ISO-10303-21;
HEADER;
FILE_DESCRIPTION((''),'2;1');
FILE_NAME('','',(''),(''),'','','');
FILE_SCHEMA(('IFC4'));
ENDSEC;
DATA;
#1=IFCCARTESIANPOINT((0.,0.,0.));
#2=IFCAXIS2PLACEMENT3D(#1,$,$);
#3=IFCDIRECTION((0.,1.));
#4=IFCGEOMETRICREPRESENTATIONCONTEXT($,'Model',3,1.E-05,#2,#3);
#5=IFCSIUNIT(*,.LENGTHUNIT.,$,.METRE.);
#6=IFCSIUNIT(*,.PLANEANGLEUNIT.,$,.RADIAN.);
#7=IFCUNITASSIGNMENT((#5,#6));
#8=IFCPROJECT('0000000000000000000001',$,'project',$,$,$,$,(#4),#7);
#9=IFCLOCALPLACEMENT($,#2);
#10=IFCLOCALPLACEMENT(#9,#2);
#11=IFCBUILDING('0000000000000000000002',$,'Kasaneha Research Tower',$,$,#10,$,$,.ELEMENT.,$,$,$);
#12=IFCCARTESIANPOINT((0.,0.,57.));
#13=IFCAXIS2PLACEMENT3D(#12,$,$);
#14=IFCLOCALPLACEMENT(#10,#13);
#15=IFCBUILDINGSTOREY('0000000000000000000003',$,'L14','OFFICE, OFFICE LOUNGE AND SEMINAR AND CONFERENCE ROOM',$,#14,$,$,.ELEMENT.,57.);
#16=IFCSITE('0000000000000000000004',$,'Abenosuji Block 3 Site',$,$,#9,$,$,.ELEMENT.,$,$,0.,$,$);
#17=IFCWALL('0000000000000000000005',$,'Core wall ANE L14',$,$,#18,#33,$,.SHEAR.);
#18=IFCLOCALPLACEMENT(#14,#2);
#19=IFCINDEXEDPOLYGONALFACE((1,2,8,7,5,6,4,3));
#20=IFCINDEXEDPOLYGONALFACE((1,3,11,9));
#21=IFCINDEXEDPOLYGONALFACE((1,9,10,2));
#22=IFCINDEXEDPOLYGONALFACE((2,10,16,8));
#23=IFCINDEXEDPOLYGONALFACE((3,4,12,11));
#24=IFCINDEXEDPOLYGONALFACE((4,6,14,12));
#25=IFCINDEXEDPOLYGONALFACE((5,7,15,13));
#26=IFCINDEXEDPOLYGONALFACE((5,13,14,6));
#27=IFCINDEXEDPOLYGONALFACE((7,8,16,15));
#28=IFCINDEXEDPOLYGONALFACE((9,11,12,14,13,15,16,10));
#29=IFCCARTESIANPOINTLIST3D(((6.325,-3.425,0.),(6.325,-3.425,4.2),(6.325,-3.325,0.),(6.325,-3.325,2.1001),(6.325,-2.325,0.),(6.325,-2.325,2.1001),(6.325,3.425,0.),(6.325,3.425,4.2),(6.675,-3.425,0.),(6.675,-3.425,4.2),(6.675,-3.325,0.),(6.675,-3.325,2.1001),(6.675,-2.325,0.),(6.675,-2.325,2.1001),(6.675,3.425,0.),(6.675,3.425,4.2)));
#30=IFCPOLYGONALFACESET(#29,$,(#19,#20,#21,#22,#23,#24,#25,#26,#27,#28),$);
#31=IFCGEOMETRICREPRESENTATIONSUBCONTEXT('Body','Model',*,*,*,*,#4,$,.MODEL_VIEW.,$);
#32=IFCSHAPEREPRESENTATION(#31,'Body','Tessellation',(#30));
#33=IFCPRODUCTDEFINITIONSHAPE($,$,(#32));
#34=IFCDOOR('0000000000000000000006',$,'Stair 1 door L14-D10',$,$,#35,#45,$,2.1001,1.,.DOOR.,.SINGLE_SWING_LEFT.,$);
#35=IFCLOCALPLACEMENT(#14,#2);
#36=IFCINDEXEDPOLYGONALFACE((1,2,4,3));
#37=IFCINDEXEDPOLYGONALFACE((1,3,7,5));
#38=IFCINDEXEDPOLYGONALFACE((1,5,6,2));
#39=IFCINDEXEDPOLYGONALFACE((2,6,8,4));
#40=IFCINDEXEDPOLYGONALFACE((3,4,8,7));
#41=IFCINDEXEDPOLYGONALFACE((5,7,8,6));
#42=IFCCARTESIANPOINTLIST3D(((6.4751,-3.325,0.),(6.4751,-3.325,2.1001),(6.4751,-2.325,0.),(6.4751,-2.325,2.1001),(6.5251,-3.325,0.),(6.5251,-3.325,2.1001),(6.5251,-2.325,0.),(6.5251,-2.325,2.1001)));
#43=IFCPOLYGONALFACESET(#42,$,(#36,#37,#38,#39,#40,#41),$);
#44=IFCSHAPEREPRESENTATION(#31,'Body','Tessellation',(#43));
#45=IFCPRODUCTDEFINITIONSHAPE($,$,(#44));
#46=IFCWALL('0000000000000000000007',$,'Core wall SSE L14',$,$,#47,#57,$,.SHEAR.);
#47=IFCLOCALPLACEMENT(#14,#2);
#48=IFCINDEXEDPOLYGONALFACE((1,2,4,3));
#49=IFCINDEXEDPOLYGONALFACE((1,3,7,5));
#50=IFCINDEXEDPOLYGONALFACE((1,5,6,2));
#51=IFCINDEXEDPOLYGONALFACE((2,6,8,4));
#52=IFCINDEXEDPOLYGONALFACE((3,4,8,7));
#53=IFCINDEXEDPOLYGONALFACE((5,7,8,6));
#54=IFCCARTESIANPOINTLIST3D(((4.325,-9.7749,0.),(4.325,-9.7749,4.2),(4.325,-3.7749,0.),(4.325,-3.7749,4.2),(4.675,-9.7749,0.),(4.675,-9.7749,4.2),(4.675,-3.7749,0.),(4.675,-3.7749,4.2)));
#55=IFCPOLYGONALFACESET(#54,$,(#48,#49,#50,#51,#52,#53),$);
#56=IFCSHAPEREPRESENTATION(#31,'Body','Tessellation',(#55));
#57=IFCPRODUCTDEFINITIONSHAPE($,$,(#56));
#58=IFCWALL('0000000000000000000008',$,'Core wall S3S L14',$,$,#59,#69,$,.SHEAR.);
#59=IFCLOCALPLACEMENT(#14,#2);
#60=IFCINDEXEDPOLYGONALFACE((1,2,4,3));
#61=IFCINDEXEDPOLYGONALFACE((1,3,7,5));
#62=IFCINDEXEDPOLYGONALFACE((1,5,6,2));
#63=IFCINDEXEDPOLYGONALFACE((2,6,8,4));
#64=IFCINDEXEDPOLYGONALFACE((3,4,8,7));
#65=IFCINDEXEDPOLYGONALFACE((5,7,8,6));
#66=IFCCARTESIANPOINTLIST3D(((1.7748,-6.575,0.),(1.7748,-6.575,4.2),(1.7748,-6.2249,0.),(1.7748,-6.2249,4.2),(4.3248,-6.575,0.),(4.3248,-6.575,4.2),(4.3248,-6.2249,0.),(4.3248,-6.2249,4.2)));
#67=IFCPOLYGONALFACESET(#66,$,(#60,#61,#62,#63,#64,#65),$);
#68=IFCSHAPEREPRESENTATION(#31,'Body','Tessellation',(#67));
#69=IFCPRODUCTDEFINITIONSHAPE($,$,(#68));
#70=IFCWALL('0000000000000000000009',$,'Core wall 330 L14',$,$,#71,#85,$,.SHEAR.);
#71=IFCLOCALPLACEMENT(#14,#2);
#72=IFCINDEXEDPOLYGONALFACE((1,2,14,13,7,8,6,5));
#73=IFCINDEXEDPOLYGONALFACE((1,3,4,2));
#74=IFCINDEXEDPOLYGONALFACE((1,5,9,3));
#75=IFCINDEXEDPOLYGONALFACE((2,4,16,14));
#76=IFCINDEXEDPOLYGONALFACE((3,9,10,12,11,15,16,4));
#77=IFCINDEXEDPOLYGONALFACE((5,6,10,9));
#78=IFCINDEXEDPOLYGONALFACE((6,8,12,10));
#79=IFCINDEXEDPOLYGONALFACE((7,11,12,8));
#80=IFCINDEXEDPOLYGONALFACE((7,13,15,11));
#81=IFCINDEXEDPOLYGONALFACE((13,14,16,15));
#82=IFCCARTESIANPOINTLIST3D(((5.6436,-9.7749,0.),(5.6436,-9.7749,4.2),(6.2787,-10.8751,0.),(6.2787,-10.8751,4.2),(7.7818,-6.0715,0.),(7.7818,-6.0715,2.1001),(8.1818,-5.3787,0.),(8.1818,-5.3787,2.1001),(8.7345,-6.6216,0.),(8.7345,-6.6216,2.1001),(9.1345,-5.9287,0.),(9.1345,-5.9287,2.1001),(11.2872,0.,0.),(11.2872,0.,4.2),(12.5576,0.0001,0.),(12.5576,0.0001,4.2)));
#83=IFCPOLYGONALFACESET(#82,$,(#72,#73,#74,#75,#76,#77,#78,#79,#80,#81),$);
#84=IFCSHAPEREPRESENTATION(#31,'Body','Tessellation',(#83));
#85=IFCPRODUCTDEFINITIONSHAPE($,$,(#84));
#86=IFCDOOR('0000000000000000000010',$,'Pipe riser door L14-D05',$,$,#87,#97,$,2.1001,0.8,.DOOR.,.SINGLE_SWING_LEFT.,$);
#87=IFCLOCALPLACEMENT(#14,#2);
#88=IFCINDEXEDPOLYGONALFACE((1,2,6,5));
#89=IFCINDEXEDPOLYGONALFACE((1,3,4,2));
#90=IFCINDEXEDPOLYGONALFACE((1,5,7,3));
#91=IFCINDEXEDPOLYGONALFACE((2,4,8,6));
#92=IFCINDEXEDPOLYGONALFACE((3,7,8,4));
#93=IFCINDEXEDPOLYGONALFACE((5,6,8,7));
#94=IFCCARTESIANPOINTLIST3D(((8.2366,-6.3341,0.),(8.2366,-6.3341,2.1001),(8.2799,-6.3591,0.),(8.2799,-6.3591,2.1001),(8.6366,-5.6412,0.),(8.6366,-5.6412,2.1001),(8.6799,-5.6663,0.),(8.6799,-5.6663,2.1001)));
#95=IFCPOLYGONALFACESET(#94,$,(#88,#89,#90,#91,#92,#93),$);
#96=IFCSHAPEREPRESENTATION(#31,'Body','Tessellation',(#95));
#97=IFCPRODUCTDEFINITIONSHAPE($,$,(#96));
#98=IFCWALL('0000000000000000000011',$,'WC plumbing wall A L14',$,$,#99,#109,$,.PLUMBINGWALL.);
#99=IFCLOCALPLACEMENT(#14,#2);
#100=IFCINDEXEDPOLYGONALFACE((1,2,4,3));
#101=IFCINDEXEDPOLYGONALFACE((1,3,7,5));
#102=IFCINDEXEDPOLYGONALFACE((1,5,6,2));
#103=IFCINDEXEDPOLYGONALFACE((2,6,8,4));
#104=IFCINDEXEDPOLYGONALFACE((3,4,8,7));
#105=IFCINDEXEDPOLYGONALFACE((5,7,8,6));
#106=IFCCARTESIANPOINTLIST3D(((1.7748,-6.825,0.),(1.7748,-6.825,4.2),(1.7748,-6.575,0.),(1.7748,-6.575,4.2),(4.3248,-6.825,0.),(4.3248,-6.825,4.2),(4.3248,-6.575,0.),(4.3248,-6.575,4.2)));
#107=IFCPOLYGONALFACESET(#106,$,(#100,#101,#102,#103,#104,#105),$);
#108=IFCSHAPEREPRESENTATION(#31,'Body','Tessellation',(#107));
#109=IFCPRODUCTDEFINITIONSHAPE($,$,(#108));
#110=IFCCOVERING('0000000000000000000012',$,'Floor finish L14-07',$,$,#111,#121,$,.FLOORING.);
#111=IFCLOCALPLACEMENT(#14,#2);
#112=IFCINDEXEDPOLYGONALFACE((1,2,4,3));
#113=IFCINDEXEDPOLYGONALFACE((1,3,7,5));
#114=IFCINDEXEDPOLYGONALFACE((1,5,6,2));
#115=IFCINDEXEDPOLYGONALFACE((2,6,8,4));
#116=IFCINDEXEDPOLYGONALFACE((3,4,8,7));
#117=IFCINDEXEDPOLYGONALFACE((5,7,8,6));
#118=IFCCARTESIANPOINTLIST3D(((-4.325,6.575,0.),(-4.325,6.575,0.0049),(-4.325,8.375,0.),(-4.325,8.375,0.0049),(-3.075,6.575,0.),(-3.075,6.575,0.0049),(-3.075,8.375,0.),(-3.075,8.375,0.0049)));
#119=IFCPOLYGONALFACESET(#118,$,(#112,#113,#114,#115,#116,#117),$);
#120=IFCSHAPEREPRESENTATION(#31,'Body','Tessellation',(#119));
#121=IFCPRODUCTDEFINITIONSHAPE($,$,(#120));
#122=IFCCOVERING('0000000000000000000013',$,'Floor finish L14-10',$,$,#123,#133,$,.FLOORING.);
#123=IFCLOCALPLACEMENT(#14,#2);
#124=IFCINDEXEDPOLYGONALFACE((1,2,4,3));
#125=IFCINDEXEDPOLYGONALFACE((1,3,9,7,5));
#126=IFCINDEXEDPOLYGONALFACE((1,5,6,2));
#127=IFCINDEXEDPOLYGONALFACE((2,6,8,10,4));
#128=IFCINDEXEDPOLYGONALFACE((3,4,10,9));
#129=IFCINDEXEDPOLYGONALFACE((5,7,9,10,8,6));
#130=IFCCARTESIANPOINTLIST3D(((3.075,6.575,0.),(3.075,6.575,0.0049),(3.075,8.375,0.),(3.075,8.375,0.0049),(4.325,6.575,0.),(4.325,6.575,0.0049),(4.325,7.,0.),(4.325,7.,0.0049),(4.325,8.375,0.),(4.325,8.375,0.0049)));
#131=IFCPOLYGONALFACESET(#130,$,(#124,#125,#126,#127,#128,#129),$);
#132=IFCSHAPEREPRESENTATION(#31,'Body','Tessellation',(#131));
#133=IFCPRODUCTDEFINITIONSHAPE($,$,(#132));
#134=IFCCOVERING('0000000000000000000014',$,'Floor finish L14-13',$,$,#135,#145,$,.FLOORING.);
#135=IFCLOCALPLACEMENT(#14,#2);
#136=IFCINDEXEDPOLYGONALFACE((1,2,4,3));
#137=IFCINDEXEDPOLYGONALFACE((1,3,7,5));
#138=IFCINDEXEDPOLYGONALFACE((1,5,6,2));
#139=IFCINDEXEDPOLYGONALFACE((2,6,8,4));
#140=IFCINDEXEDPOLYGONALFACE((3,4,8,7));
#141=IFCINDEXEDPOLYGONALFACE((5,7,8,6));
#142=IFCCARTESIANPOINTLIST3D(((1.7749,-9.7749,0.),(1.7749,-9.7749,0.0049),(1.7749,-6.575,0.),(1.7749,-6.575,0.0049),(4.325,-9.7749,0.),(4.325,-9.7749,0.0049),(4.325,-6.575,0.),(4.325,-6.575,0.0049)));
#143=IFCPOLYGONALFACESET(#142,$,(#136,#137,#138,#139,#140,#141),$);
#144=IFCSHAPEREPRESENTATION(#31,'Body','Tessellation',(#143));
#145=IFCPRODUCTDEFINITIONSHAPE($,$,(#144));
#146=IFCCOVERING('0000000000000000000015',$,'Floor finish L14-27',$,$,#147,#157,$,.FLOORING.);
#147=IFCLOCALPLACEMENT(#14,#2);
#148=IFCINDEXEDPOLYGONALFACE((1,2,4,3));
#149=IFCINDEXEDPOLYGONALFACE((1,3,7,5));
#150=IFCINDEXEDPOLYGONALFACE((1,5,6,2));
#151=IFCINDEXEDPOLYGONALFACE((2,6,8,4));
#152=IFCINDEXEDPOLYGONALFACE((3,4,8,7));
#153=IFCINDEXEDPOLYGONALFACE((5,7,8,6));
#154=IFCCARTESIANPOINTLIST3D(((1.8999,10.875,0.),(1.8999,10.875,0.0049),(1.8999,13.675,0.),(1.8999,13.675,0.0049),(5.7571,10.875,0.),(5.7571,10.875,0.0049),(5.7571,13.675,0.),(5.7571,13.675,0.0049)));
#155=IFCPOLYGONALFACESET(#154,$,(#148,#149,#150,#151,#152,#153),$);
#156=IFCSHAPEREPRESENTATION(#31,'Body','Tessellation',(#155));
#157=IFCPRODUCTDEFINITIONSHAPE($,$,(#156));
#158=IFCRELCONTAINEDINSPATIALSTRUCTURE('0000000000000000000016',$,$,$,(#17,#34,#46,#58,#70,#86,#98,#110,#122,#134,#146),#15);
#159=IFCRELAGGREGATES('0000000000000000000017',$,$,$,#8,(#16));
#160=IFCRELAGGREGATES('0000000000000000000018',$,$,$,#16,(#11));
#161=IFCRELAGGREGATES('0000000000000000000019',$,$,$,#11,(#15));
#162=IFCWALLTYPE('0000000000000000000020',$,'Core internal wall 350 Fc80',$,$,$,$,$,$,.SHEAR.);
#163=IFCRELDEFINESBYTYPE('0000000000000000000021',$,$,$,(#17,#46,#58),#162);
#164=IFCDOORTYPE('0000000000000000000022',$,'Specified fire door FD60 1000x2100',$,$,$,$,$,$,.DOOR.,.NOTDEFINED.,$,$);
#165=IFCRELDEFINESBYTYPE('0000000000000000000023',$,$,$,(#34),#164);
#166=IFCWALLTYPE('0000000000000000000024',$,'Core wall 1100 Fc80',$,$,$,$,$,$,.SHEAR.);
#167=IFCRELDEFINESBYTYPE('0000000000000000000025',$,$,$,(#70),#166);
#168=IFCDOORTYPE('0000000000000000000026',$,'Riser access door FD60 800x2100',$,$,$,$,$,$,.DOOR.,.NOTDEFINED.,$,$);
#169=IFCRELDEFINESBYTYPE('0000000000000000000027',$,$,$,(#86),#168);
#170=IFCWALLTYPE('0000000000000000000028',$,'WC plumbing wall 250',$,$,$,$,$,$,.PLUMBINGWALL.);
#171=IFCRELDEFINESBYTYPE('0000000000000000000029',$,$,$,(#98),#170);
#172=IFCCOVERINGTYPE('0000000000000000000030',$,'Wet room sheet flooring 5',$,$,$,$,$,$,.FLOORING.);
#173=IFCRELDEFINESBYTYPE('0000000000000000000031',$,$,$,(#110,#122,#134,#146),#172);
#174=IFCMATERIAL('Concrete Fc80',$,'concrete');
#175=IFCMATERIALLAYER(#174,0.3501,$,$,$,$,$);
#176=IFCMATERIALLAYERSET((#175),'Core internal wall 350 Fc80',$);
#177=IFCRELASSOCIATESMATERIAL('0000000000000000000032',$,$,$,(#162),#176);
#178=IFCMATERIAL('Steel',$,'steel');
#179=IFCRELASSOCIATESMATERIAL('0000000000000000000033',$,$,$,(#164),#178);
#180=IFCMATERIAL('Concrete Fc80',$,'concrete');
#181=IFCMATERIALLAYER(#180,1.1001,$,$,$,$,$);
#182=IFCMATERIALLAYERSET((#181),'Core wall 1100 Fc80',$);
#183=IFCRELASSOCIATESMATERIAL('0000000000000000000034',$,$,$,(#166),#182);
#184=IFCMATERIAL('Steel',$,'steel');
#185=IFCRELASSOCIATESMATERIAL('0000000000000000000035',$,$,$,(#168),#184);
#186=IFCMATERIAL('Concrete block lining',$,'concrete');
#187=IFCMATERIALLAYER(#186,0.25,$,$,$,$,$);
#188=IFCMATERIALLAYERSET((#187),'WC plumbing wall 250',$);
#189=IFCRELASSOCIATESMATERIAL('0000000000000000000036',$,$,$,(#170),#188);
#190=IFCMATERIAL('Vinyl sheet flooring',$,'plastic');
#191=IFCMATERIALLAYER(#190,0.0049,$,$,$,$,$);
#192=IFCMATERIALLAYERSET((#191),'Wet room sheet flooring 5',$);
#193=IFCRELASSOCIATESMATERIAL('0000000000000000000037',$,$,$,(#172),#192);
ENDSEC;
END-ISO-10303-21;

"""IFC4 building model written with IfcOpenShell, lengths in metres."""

from ifc_helpers import new_model, si_unit, direction, frame, frame_2d, origin, place, context, subcontext, project, spatial, polyline, rectangle, outline, extrude, material, layer, layer_set, type_object, element, fill, save


model = new_model("IFC4")

# Units and contexts
model_context = context("Model", 3, precision=1e-05, world=origin(), true_north=direction((0.0, 1.0)))
body_context = subcontext(model_context, "Body", "Model", "MODEL_VIEW")
ifc_project = project(units=[si_unit("LENGTHUNIT", "METRE"), si_unit("PLANEANGLEUNIT", "RADIAN")], contexts=[model_context])

# Site, building, storey
site_placement = place(None, origin())
site = spatial("IfcSite", under=ifc_project, at=site_placement, Name="Abenosuji Block 3 Site", CompositionType="ELEMENT", RefElevation=0.0)
building_placement = place(site_placement, origin())
building = spatial("IfcBuilding", under=site, at=building_placement, Name="Kasaneha Research Tower", CompositionType="ELEMENT")
storey_placement = place(building_placement, frame((0.0, 0.0, 57.0)))
storey = spatial("IfcBuildingStorey", under=building, at=storey_placement, Name="L14", Description="OFFICE, OFFICE LOUNGE AND SEMINAR AND CONFERENCE ROOM", CompositionType="ELEMENT", Elevation=57.0)

# Wall, opening, door
ifc_material_1 = material(Name="Concrete Fc80", Category="concrete")
ifc_layer_1 = layer(ifc_material_1, 0.3501)
ifc_layer_set_1 = layer_set([ifc_layer_1], Name="Core internal wall 350 Fc80")
wall_type_1 = type_object("IfcWallType", Name="Core internal wall 350 Fc80", PredefinedType="SHEAR", material=ifc_layer_set_1)
ifc_material_2 = material(Name="Steel", Category="steel")
door_type_1 = type_object("IfcDoorType", Name="Specified fire door FD60 1000x2100", OperationType="NOTDEFINED", PredefinedType="DOOR", material=ifc_material_2)
wall_1_placement = place(storey_placement, frame((6.5, -3.425, 0.0), z_axis=(0.0, 0.0, 1.0), x_axis=(0.0, 1.0, 0.0)))
wall_1 = element("IfcWall", 1, at=wall_1_placement, inside=storey, type_object=wall_type_1, Name="Core wall ANE L14", PredefinedType="SHEAR", context=body_context, shape_type="SweptSolid", body=[
    extrude(rectangle(XDim=6.8501, YDim=0.3501, at=frame_2d((3.425, 0.0))), origin(), (0.0, 0.0, 1.0), 4.2),
])
opening_1_placement = place(wall_1_placement, frame((0.1001, 0.0, 0.0)))
opening_1 = element("IfcOpeningElement", 2, at=opening_1_placement, cuts=wall_1, PredefinedType="OPENING", context=body_context, shape_type="SweptSolid", body=[
    extrude(rectangle(XDim=1.0, YDim=2.1001, at=frame_2d((0.5, 1.05))), frame((0.0, 0.1851, 0.0), z_axis=(0.0, -1.0, 0.0), x_axis=(1.0, 0.0, 0.0)), (0.0, 0.0, 1.0), 0.3701),
])
door_1_placement = place(opening_1_placement, origin())
door_1 = element("IfcDoor", 3, at=door_1_placement, inside=storey, type_object=door_type_1, Name="Stair 1 door L14-D10", OperationType="SINGLE_SWING_LEFT", OverallHeight=2.1001, OverallWidth=1.0, PredefinedType="DOOR", context=body_context, shape_type="SweptSolid", body=[
    extrude(rectangle(XDim=1.0, YDim=2.1001, at=frame_2d((0.5, 1.05))), frame((0.0, 0.0249, 0.0), z_axis=(0.0, -1.0, 0.0), x_axis=(1.0, 0.0, 0.0)), (0.0, 0.0, 1.0), 0.05),
])
fill(opening_1, door_1)

# Walls
wall_2_placement = place(storey_placement, frame((4.5, -3.7749, 0.0), z_axis=(0.0, 0.0, 1.0), x_axis=(0.0, -1.0, 0.0)))
element("IfcWall", 4, at=wall_2_placement, inside=storey, type_object=wall_type_1, Name="Core wall SSE L14", PredefinedType="SHEAR", context=body_context, shape_type="SweptSolid", body=[
    extrude(rectangle(XDim=6.0, YDim=0.3501, at=frame_2d((3.0, 0.0))), origin(), (0.0, 0.0, 1.0), 4.2),
])
wall_3_placement = place(storey_placement, frame((1.7749, -6.3999, 0.0), z_axis=(0.0, 0.0, 1.0), x_axis=(1.0, 0.0, 0.0)))
element("IfcWall", 5, at=wall_3_placement, inside=storey, type_object=wall_type_1, Name="Core wall S3S L14", PredefinedType="SHEAR", context=body_context, shape_type="SweptSolid", body=[
    extrude(rectangle(XDim=2.55, YDim=0.3501, at=frame_2d((1.2749, 0.0))), origin(), (0.0, 0.0, 1.0), 4.2),
])

# Wall, opening, door
ifc_material_3 = material(Name="Concrete Fc80", Category="concrete")
ifc_layer_2 = layer(ifc_material_3, 1.1001)
ifc_layer_set_2 = layer_set([ifc_layer_2], Name="Core wall 1100 Fc80")
wall_type_2 = type_object("IfcWallType", Name="Core wall 1100 Fc80", PredefinedType="SHEAR", material=ifc_layer_set_2)
wall_4_placement = place(storey_placement, frame((5.9612, -10.325, 0.0), z_axis=(0.0, 0.0, 1.0), x_axis=(0.500004, 0.866023, 0.0)))
wall_4 = element("IfcWall", 6, at=wall_4_placement, inside=storey, type_object=wall_type_2, Name="Core wall 330 L14", PredefinedType="SHEAR", context=body_context, shape_type="SweptSolid", body=[
    extrude(outline(polyline([(-0.3176, -0.55), (4.594, -0.55), (5.394, -0.55), (12.24, -0.55), (11.6047, 0.55), (5.394, 0.55), (4.594, 0.55), (0.3176, 0.55), (-0.3176, -0.55)])), origin(), (0.0, 0.0, 1.0), 4.2),
])
opening_2_placement = place(wall_4_placement, frame((4.594, 0.0, 0.0)))
opening_2 = element("IfcOpeningElement", 7, at=opening_2_placement, cuts=wall_4, PredefinedType="OPENING", context=body_context, shape_type="SweptSolid", body=[
    extrude(rectangle(XDim=0.8, YDim=2.1001, at=frame_2d((0.3999, 1.05))), frame((0.0, 0.5601, 0.0), z_axis=(0.0, -1.0, 0.0), x_axis=(1.0, 0.0, 0.0)), (0.0, 0.0, 1.0), 1.1201),
])
ifc_material_4 = material(Name="Steel", Category="steel")
door_type_2 = type_object("IfcDoorType", Name="Riser access door FD60 800x2100", OperationType="NOTDEFINED", PredefinedType="DOOR", material=ifc_material_4)
door_2_placement = place(opening_2_placement, origin())
door_2 = element("IfcDoor", 8, at=door_2_placement, inside=storey, type_object=door_type_2, Name="Pipe riser door L14-D05", OperationType="SINGLE_SWING_LEFT", OverallHeight=2.1001, OverallWidth=0.8, PredefinedType="DOOR", context=body_context, shape_type="SweptSolid", body=[
    extrude(rectangle(XDim=0.8, YDim=2.1001, at=frame_2d((0.3999, 1.05))), frame((0.0, 0.0249, 0.0), z_axis=(0.0, -1.0, 0.0), x_axis=(1.0, 0.0, 0.0)), (0.0, 0.0, 1.0), 0.05),
])
fill(opening_2, door_2)

# Wall
ifc_material_5 = material(Name="Concrete block lining", Category="concrete")
ifc_layer_3 = layer(ifc_material_5, 0.25)
ifc_layer_set_3 = layer_set([ifc_layer_3], Name="WC plumbing wall 250")
wall_type_3 = type_object("IfcWallType", Name="WC plumbing wall 250", PredefinedType="PLUMBINGWALL", material=ifc_layer_set_3)
wall_5_placement = place(storey_placement, frame((1.7749, -6.7, 0.0), z_axis=(0.0, 0.0, 1.0), x_axis=(1.0, 0.0, 0.0)))
element("IfcWall", 9, at=wall_5_placement, inside=storey, type_object=wall_type_3, Name="WC plumbing wall A L14", PredefinedType="PLUMBINGWALL", context=body_context, shape_type="SweptSolid", body=[
    extrude(rectangle(XDim=2.55, YDim=0.25, at=frame_2d((1.2749, 0.0))), origin(), (0.0, 0.0, 1.0), 4.2),
])

# Coverings
ifc_material_6 = material(Name="Vinyl sheet flooring", Category="plastic")
ifc_layer_4 = layer(ifc_material_6, 0.0049)
ifc_layer_set_4 = layer_set([ifc_layer_4], Name="Wet room sheet flooring 5")
covering_type = type_object("IfcCoveringType", Name="Wet room sheet flooring 5", PredefinedType="FLOORING", material=ifc_layer_set_4)
covering_1_placement = place(storey_placement, origin())
element("IfcCovering", 10, at=covering_1_placement, inside=storey, type_object=covering_type, Name="Floor finish L14-07", PredefinedType="FLOORING", context=body_context, shape_type="SweptSolid", body=[
    extrude(outline(polyline([(-4.325, 6.575), (-4.325, 8.375), (-3.075, 8.375), (-3.075, 6.575), (-4.325, 6.575)])), origin(), (0.0, 0.0, 1.0), 0.0049),
])
covering_2_placement = place(storey_placement, origin())
element("IfcCovering", 11, at=covering_2_placement, inside=storey, type_object=covering_type, Name="Floor finish L14-10", PredefinedType="FLOORING", context=body_context, shape_type="SweptSolid", body=[
    extrude(outline(polyline([(3.075, 6.575), (3.075, 8.375), (4.325, 8.375), (4.325, 7.0), (4.325, 6.575), (3.075, 6.575)])), origin(), (0.0, 0.0, 1.0), 0.0049),
])
covering_3_placement = place(storey_placement, origin())
element("IfcCovering", 12, at=covering_3_placement, inside=storey, type_object=covering_type, Name="Floor finish L14-13", PredefinedType="FLOORING", context=body_context, shape_type="SweptSolid", body=[
    extrude(outline(polyline([(1.7749, -9.7749), (1.7749, -6.575), (4.325, -6.575), (4.325, -9.7749), (1.7749, -9.7749)])), origin(), (0.0, 0.0, 1.0), 0.0049),
])
covering_4_placement = place(storey_placement, origin())
element("IfcCovering", 13, at=covering_4_placement, inside=storey, type_object=covering_type, Name="Floor finish L14-27", PredefinedType="FLOORING", context=body_context, shape_type="SweptSolid", body=[
    extrude(outline(polyline([(5.7571, 13.675), (5.7571, 10.875), (1.8999, 10.875), (1.8999, 13.675), (5.7571, 13.675)])), origin(), (0.0, 0.0, 1.0), 0.0049),
])

save(model, "model.ifc")
